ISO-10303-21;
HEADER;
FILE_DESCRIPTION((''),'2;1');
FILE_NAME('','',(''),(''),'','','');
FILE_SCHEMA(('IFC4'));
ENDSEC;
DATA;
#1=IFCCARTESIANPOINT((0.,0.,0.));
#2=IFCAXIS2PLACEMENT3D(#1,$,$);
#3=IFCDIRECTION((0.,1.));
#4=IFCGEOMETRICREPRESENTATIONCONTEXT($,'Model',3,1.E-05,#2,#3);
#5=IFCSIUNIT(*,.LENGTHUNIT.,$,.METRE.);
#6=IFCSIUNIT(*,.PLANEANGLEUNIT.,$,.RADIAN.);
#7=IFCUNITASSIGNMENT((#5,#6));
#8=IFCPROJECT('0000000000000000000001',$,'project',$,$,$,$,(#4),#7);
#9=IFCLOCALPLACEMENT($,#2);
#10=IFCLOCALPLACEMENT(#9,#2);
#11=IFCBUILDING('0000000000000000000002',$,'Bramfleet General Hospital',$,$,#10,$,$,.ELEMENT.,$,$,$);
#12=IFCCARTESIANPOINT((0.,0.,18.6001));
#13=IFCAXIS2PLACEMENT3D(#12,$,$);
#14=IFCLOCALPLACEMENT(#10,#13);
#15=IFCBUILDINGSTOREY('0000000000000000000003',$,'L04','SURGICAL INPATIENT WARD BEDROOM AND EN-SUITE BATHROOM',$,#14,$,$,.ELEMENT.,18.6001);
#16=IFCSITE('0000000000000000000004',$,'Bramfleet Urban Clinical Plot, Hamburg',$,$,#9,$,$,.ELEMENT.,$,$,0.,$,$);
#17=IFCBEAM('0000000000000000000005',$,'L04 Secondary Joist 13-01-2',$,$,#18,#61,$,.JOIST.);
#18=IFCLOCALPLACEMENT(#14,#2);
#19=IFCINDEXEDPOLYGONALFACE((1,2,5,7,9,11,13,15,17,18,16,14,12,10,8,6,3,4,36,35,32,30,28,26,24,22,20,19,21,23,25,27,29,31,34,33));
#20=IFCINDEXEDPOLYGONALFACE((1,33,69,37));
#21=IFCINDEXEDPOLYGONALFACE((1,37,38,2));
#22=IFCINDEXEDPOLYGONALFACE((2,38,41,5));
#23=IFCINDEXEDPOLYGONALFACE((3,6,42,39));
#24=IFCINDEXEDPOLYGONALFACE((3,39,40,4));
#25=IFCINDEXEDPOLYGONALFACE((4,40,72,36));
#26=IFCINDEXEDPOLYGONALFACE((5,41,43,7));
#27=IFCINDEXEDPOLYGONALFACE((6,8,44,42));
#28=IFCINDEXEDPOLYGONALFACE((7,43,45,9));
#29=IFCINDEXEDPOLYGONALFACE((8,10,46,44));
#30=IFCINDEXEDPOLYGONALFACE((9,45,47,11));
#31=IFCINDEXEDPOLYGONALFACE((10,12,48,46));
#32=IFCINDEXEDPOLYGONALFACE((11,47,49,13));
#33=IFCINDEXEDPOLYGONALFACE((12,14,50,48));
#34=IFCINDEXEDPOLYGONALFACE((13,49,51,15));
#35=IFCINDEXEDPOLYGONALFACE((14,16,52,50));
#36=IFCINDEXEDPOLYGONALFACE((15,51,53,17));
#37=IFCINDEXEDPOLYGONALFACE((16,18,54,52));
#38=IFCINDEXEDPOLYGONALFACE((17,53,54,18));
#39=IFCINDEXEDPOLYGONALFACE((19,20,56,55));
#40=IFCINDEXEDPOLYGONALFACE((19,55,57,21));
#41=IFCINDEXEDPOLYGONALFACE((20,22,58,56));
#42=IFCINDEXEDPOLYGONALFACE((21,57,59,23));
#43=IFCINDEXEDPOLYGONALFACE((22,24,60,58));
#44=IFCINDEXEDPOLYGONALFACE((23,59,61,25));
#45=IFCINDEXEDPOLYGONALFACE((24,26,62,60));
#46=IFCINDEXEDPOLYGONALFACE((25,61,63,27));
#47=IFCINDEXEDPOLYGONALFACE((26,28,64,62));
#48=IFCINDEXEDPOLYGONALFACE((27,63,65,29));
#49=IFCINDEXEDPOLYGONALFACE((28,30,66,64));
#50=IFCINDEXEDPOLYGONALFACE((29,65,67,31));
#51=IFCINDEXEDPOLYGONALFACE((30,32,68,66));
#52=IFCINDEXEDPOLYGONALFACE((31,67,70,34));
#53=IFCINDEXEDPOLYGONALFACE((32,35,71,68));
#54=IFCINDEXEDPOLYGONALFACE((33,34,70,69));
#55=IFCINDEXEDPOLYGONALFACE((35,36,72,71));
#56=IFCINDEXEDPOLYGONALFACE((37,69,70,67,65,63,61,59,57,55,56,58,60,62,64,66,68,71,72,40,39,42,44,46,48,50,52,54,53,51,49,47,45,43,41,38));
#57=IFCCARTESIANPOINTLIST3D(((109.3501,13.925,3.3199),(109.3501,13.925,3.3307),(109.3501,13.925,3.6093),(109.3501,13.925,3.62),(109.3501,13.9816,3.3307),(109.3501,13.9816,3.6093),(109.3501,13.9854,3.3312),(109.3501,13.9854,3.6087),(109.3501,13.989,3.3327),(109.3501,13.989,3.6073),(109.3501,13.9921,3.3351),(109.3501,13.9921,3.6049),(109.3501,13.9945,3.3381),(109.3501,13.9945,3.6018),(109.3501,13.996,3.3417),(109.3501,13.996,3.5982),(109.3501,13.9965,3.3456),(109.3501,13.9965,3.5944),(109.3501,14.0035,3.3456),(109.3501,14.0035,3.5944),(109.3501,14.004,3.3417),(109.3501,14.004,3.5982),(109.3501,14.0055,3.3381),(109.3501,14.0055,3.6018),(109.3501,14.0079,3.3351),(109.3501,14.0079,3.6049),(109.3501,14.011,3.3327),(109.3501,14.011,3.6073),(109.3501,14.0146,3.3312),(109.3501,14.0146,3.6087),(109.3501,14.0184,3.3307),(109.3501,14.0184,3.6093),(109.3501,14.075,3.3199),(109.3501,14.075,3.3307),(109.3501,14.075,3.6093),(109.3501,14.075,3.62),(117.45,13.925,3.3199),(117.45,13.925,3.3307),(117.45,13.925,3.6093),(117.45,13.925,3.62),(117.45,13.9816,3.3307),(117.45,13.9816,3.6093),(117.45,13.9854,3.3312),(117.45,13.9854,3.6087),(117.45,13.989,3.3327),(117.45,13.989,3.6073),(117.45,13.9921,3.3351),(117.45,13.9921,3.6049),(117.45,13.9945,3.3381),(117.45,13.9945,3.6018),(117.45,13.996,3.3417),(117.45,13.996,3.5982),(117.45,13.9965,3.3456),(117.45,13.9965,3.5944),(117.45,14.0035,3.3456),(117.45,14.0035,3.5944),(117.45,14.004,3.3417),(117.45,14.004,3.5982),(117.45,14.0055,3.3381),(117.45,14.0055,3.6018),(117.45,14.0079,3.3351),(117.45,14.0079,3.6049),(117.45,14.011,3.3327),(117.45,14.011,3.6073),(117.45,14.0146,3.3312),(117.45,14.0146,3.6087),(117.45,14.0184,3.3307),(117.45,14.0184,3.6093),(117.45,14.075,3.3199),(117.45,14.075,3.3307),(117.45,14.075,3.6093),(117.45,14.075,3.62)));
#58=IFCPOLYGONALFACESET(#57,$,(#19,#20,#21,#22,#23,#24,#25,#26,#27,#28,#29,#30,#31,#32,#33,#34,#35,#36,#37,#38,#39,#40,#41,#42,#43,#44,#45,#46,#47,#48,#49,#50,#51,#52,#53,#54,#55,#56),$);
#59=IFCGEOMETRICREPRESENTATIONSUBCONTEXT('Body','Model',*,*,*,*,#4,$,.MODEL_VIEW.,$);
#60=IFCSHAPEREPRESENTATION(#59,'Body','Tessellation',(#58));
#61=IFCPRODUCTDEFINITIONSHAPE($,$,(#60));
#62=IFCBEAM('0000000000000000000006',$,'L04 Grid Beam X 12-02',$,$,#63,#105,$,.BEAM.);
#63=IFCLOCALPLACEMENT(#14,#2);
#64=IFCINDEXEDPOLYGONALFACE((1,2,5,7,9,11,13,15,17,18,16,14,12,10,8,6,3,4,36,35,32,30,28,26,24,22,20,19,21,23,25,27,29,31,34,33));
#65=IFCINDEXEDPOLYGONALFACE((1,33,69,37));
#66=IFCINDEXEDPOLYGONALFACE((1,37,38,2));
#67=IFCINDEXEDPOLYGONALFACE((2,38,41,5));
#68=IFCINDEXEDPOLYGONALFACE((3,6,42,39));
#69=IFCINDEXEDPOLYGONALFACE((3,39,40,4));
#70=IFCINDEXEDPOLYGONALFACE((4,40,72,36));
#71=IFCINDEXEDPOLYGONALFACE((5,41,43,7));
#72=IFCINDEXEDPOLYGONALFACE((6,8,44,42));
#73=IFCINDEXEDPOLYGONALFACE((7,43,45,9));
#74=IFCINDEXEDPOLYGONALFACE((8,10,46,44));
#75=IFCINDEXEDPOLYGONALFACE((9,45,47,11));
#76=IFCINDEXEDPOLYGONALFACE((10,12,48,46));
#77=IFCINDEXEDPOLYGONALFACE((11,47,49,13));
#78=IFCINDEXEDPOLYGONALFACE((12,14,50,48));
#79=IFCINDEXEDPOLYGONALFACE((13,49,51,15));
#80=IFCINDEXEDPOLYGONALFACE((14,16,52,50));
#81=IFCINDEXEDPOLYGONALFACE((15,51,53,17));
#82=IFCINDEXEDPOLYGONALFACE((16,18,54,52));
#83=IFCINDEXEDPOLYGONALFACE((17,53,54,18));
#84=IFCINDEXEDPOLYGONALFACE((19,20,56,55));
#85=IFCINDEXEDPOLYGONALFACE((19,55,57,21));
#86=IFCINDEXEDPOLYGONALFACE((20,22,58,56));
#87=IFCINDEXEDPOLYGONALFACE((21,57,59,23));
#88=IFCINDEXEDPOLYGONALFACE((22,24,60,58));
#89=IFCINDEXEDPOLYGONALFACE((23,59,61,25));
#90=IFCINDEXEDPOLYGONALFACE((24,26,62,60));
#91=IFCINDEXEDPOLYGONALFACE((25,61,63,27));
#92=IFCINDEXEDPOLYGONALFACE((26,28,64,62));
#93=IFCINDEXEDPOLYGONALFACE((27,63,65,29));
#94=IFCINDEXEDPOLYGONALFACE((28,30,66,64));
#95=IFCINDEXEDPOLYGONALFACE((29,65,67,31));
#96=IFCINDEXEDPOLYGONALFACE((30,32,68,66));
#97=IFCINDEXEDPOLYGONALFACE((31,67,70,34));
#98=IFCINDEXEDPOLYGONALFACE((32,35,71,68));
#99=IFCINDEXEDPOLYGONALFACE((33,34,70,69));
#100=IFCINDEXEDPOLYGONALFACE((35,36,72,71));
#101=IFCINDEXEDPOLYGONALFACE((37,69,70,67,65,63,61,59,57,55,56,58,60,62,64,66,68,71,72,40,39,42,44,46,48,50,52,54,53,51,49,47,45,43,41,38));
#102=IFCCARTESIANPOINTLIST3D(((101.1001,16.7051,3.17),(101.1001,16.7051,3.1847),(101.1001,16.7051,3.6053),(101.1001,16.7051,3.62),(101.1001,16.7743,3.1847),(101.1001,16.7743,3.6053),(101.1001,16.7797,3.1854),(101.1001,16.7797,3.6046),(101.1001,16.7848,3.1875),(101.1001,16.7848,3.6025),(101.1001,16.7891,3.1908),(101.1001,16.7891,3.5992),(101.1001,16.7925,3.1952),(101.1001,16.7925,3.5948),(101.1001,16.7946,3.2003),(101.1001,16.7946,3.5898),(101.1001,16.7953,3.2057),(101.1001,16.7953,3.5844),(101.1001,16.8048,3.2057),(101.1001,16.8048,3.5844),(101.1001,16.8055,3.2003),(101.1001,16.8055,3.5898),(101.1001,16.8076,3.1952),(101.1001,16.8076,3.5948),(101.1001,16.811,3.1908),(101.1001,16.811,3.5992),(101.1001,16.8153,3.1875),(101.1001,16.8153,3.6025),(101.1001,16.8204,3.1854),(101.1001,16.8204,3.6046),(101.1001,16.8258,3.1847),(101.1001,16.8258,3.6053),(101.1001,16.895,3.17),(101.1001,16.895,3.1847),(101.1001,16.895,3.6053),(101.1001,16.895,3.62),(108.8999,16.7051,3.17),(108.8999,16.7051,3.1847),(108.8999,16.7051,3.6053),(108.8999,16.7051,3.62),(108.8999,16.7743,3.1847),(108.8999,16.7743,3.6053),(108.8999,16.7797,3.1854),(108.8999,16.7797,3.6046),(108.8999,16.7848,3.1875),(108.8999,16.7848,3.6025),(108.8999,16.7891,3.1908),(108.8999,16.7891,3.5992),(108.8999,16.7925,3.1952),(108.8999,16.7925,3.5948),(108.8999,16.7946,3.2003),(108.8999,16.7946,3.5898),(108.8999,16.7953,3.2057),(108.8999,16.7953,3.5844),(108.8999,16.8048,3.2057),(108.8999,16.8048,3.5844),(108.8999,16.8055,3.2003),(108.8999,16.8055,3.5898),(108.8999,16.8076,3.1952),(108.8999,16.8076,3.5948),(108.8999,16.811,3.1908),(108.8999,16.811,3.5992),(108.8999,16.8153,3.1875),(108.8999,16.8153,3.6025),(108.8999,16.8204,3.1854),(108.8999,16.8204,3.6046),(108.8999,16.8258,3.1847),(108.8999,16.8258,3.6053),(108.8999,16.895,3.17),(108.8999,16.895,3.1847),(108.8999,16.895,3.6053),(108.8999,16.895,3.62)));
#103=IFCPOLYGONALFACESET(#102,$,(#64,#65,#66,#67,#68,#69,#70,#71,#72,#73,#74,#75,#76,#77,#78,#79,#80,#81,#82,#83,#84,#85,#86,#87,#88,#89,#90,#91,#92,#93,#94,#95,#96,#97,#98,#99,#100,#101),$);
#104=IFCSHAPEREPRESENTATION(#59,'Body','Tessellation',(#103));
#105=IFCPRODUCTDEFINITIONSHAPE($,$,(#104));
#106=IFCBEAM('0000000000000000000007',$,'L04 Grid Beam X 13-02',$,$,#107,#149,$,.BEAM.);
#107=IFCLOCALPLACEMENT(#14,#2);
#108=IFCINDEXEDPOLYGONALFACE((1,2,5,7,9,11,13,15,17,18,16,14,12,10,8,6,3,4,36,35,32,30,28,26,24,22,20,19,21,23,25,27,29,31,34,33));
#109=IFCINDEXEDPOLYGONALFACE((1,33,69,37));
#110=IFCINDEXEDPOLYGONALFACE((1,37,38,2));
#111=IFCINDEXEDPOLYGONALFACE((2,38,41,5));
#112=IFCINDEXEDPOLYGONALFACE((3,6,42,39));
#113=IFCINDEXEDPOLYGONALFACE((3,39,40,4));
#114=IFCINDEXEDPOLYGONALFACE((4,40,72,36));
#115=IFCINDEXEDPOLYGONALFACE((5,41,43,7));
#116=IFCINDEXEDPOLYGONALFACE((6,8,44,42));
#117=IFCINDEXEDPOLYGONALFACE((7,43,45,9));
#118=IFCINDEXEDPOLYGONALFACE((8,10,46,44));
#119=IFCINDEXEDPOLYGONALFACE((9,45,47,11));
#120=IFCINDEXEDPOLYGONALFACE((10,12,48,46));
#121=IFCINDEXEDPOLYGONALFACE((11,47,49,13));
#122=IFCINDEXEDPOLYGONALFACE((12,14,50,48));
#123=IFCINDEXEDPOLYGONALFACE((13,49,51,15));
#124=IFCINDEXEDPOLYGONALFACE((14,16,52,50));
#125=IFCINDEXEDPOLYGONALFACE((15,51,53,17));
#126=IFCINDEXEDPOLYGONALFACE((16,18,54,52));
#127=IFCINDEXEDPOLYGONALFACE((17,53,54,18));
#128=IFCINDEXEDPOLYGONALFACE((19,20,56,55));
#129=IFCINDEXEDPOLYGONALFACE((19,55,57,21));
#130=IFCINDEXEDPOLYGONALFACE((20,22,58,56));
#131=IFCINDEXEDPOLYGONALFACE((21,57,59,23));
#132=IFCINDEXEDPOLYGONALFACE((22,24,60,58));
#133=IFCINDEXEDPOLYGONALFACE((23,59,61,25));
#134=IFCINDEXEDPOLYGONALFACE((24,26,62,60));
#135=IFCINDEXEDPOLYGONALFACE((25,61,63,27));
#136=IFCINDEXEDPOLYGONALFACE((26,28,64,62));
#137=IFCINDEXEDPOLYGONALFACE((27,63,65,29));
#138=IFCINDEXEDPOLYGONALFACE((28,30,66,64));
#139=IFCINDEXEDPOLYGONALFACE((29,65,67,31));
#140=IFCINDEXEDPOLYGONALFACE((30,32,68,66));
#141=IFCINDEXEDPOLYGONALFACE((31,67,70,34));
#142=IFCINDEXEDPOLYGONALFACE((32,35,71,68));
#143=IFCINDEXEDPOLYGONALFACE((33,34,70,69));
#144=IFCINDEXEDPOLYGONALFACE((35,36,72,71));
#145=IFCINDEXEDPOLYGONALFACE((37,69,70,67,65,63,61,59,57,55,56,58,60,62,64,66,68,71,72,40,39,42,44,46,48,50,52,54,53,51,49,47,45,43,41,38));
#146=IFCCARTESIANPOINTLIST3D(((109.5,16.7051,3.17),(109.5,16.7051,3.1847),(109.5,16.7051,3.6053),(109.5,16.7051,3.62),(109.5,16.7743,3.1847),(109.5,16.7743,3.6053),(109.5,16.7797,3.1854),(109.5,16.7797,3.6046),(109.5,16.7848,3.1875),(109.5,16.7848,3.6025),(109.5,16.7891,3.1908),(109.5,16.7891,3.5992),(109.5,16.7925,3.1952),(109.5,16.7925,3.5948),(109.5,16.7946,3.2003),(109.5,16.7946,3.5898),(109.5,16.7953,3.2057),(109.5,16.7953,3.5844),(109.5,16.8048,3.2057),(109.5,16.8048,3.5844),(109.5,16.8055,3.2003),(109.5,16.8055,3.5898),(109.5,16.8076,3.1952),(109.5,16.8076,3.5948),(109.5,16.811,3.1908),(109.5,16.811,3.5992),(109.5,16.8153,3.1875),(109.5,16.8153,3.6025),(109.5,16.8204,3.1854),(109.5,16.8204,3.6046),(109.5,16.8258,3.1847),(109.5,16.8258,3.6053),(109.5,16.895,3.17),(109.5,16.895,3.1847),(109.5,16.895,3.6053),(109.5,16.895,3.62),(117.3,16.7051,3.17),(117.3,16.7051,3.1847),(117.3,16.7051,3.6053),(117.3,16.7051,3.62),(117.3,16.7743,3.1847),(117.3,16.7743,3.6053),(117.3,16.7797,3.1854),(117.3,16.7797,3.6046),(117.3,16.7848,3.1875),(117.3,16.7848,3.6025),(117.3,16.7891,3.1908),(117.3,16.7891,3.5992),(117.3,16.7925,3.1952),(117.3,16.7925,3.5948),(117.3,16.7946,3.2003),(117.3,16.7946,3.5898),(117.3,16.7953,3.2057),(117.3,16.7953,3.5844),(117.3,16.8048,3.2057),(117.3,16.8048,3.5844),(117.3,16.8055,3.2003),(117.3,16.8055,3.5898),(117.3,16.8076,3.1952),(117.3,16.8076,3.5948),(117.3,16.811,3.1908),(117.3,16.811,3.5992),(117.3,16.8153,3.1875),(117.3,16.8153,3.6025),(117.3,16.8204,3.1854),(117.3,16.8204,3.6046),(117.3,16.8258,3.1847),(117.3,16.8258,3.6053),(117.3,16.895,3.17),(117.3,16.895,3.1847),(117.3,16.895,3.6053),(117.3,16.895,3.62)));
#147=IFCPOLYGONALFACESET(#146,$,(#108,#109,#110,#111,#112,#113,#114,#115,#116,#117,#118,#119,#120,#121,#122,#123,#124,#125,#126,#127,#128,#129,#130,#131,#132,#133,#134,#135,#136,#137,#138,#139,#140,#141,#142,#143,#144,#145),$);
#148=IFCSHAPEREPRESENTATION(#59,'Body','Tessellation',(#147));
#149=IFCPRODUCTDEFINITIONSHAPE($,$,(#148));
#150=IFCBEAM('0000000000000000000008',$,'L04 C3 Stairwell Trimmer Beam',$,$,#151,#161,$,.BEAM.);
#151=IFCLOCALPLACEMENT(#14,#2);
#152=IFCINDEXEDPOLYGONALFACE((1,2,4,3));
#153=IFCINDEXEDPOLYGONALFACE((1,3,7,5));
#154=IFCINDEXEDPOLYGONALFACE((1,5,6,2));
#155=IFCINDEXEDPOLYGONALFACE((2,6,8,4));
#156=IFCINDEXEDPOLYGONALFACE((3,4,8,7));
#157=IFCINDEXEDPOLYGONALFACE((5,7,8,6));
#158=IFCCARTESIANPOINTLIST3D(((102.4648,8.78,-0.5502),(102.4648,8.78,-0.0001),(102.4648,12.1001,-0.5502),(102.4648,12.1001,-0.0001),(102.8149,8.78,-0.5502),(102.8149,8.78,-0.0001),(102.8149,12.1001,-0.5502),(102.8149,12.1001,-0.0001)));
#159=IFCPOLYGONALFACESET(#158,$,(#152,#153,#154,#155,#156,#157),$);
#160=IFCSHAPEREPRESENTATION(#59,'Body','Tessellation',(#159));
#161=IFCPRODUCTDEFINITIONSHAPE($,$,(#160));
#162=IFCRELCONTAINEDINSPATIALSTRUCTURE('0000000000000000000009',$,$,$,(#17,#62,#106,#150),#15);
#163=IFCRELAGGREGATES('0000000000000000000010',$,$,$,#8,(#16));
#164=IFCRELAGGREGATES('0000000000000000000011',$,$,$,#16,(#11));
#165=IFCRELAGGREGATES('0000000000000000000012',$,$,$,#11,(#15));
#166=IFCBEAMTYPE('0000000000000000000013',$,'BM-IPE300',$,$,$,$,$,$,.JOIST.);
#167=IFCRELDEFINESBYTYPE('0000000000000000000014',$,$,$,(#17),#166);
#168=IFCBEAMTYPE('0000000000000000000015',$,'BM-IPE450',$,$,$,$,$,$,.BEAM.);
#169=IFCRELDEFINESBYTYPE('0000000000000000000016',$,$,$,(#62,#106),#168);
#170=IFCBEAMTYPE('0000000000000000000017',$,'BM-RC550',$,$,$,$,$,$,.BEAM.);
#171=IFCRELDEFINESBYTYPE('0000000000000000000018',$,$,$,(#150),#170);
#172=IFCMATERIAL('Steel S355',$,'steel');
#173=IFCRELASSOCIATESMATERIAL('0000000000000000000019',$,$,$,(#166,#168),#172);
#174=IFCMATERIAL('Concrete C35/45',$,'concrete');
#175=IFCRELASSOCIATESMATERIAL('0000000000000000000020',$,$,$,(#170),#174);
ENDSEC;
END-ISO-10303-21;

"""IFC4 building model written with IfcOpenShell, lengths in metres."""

from ifc_helpers import new_model, si_unit, direction, frame, origin, origin_2d, place, context, subcontext, project, spatial, rectangle, i_section, extrude, material, material_profile, profile_set, type_object, element, save


model = new_model("IFC4")

# Units and contexts
model_context = context("Model", 3, precision=1e-05, world=origin(), true_north=direction((0.0, 1.0)))
body_context = subcontext(model_context, "Body", "Model", "MODEL_VIEW")
ifc_project = project(units=[si_unit("LENGTHUNIT", "METRE"), si_unit("PLANEANGLEUNIT", "RADIAN")], contexts=[model_context])

# Site, building, storey
site_placement = place(None, origin())
site = spatial("IfcSite", under=ifc_project, at=site_placement, Name="Bramfleet Urban Clinical Plot, Hamburg", CompositionType="ELEMENT", RefElevation=0.0)
building_placement = place(site_placement, origin())
building = spatial("IfcBuilding", under=site, at=building_placement, Name="Bramfleet General Hospital", CompositionType="ELEMENT")
storey_placement = place(building_placement, frame((0.0, 0.0, 18.6001)))
storey = spatial("IfcBuildingStorey", under=building, at=storey_placement, Name="L04", Description="SURGICAL INPATIENT WARD BEDROOM AND EN-SUITE BATHROOM", CompositionType="ELEMENT", Elevation=18.6001)

# Beams
ifc_material_1 = material(Name="Steel S355", Category="steel")
ifc_material_profile_1 = material_profile(ifc_material_1, i_section(OverallWidth=0.1499, OverallDepth=0.3, WebThickness=0.0071, FlangeThickness=0.0107, FilletRadius=0.0149, at=origin_2d()), Name="IPE 300")
ifc_profile_set_1 = profile_set([ifc_material_profile_1], Name="Steel S355")
beam_type_1 = type_object("IfcBeamType", Name="BM-IPE300", PredefinedType="JOIST", material=ifc_profile_set_1)
for number, where, z_axis, x_axis, name in (
    (1, (109.3501, 14.0, 3.47), (1.0, 0.0, 0.0), (0.0, 1.0, 0.0), "L04 Secondary Joist 13-01-2"),
):
    element("IfcBeam", number, at=place(storey_placement, frame(where, z_axis=z_axis, x_axis=x_axis)), inside=storey, type_object=beam_type_1, Name=name, PredefinedType="JOIST", context=body_context, shape_type="SweptSolid", body=[
        extrude(i_section(OverallWidth=0.1499, OverallDepth=0.3, WebThickness=0.0071, FlangeThickness=0.0107, FilletRadius=0.0149, at=origin_2d()), origin(), (0.0, 0.0, 1.0), 8.0999),
    ])
ifc_material_profile_2 = material_profile(ifc_material_1, i_section(OverallWidth=0.1899, OverallDepth=0.45, WebThickness=0.0095, FlangeThickness=0.0146, FilletRadius=0.021, at=origin_2d()), Name="IPE 450")
ifc_profile_set_2 = profile_set([ifc_material_profile_2], Name="Steel S355")
beam_type_2 = type_object("IfcBeamType", Name="BM-IPE450", PredefinedType="BEAM", material=ifc_profile_set_2)
beam_1_placement = place(storey_placement, frame((101.1001, 16.8, 3.395), z_axis=(1.0, 0.0, 0.0), x_axis=(0.0, 1.0, 0.0)))
element("IfcBeam", 2, at=beam_1_placement, inside=storey, type_object=beam_type_2, Name="L04 Grid Beam X 12-02", PredefinedType="BEAM", context=body_context, shape_type="SweptSolid", body=[
    extrude(i_section(OverallWidth=0.1899, OverallDepth=0.45, WebThickness=0.0095, FlangeThickness=0.0146, FilletRadius=0.021, at=origin_2d()), origin(), (0.0, 0.0, 1.0), 7.7998),
])
beam_2_placement = place(storey_placement, frame((109.5, 16.8, 3.395), z_axis=(1.0, 0.0, 0.0), x_axis=(0.0, 1.0, 0.0)))
element("IfcBeam", 3, at=beam_2_placement, inside=storey, type_object=beam_type_2, Name="L04 Grid Beam X 13-02", PredefinedType="BEAM", context=body_context, shape_type="SweptSolid", body=[
    extrude(i_section(OverallWidth=0.1899, OverallDepth=0.45, WebThickness=0.0095, FlangeThickness=0.0146, FilletRadius=0.021, at=origin_2d()), origin(), (0.0, 0.0, 1.0), 7.8),
])
ifc_material_2 = material(Name="Concrete C35/45", Category="concrete")
ifc_material_profile_3 = material_profile(ifc_material_2, rectangle(XDim=0.3501, YDim=0.55, at=origin_2d()), Name="RC BM 550x350")
ifc_profile_set_3 = profile_set([ifc_material_profile_3], Name="Concrete C35/45")
beam_type_3 = type_object("IfcBeamType", Name="BM-RC550", PredefinedType="BEAM", material=ifc_profile_set_3)
beam_3_placement = place(storey_placement, frame((102.6399, 8.78, -0.2751), z_axis=(0.0, 1.0, 0.0), x_axis=(-1.0, 0.0, 0.0)))
element("IfcBeam", 4, at=beam_3_placement, inside=storey, type_object=beam_type_3, Name="L04 C3 Stairwell Trimmer Beam", PredefinedType="BEAM", context=body_context, shape_type="SweptSolid", body=[
    extrude(rectangle(XDim=0.3501, YDim=0.55, at=origin_2d()), origin(), (0.0, 0.0, 1.0), 3.3201),
])

save(model, "model.ifc")
